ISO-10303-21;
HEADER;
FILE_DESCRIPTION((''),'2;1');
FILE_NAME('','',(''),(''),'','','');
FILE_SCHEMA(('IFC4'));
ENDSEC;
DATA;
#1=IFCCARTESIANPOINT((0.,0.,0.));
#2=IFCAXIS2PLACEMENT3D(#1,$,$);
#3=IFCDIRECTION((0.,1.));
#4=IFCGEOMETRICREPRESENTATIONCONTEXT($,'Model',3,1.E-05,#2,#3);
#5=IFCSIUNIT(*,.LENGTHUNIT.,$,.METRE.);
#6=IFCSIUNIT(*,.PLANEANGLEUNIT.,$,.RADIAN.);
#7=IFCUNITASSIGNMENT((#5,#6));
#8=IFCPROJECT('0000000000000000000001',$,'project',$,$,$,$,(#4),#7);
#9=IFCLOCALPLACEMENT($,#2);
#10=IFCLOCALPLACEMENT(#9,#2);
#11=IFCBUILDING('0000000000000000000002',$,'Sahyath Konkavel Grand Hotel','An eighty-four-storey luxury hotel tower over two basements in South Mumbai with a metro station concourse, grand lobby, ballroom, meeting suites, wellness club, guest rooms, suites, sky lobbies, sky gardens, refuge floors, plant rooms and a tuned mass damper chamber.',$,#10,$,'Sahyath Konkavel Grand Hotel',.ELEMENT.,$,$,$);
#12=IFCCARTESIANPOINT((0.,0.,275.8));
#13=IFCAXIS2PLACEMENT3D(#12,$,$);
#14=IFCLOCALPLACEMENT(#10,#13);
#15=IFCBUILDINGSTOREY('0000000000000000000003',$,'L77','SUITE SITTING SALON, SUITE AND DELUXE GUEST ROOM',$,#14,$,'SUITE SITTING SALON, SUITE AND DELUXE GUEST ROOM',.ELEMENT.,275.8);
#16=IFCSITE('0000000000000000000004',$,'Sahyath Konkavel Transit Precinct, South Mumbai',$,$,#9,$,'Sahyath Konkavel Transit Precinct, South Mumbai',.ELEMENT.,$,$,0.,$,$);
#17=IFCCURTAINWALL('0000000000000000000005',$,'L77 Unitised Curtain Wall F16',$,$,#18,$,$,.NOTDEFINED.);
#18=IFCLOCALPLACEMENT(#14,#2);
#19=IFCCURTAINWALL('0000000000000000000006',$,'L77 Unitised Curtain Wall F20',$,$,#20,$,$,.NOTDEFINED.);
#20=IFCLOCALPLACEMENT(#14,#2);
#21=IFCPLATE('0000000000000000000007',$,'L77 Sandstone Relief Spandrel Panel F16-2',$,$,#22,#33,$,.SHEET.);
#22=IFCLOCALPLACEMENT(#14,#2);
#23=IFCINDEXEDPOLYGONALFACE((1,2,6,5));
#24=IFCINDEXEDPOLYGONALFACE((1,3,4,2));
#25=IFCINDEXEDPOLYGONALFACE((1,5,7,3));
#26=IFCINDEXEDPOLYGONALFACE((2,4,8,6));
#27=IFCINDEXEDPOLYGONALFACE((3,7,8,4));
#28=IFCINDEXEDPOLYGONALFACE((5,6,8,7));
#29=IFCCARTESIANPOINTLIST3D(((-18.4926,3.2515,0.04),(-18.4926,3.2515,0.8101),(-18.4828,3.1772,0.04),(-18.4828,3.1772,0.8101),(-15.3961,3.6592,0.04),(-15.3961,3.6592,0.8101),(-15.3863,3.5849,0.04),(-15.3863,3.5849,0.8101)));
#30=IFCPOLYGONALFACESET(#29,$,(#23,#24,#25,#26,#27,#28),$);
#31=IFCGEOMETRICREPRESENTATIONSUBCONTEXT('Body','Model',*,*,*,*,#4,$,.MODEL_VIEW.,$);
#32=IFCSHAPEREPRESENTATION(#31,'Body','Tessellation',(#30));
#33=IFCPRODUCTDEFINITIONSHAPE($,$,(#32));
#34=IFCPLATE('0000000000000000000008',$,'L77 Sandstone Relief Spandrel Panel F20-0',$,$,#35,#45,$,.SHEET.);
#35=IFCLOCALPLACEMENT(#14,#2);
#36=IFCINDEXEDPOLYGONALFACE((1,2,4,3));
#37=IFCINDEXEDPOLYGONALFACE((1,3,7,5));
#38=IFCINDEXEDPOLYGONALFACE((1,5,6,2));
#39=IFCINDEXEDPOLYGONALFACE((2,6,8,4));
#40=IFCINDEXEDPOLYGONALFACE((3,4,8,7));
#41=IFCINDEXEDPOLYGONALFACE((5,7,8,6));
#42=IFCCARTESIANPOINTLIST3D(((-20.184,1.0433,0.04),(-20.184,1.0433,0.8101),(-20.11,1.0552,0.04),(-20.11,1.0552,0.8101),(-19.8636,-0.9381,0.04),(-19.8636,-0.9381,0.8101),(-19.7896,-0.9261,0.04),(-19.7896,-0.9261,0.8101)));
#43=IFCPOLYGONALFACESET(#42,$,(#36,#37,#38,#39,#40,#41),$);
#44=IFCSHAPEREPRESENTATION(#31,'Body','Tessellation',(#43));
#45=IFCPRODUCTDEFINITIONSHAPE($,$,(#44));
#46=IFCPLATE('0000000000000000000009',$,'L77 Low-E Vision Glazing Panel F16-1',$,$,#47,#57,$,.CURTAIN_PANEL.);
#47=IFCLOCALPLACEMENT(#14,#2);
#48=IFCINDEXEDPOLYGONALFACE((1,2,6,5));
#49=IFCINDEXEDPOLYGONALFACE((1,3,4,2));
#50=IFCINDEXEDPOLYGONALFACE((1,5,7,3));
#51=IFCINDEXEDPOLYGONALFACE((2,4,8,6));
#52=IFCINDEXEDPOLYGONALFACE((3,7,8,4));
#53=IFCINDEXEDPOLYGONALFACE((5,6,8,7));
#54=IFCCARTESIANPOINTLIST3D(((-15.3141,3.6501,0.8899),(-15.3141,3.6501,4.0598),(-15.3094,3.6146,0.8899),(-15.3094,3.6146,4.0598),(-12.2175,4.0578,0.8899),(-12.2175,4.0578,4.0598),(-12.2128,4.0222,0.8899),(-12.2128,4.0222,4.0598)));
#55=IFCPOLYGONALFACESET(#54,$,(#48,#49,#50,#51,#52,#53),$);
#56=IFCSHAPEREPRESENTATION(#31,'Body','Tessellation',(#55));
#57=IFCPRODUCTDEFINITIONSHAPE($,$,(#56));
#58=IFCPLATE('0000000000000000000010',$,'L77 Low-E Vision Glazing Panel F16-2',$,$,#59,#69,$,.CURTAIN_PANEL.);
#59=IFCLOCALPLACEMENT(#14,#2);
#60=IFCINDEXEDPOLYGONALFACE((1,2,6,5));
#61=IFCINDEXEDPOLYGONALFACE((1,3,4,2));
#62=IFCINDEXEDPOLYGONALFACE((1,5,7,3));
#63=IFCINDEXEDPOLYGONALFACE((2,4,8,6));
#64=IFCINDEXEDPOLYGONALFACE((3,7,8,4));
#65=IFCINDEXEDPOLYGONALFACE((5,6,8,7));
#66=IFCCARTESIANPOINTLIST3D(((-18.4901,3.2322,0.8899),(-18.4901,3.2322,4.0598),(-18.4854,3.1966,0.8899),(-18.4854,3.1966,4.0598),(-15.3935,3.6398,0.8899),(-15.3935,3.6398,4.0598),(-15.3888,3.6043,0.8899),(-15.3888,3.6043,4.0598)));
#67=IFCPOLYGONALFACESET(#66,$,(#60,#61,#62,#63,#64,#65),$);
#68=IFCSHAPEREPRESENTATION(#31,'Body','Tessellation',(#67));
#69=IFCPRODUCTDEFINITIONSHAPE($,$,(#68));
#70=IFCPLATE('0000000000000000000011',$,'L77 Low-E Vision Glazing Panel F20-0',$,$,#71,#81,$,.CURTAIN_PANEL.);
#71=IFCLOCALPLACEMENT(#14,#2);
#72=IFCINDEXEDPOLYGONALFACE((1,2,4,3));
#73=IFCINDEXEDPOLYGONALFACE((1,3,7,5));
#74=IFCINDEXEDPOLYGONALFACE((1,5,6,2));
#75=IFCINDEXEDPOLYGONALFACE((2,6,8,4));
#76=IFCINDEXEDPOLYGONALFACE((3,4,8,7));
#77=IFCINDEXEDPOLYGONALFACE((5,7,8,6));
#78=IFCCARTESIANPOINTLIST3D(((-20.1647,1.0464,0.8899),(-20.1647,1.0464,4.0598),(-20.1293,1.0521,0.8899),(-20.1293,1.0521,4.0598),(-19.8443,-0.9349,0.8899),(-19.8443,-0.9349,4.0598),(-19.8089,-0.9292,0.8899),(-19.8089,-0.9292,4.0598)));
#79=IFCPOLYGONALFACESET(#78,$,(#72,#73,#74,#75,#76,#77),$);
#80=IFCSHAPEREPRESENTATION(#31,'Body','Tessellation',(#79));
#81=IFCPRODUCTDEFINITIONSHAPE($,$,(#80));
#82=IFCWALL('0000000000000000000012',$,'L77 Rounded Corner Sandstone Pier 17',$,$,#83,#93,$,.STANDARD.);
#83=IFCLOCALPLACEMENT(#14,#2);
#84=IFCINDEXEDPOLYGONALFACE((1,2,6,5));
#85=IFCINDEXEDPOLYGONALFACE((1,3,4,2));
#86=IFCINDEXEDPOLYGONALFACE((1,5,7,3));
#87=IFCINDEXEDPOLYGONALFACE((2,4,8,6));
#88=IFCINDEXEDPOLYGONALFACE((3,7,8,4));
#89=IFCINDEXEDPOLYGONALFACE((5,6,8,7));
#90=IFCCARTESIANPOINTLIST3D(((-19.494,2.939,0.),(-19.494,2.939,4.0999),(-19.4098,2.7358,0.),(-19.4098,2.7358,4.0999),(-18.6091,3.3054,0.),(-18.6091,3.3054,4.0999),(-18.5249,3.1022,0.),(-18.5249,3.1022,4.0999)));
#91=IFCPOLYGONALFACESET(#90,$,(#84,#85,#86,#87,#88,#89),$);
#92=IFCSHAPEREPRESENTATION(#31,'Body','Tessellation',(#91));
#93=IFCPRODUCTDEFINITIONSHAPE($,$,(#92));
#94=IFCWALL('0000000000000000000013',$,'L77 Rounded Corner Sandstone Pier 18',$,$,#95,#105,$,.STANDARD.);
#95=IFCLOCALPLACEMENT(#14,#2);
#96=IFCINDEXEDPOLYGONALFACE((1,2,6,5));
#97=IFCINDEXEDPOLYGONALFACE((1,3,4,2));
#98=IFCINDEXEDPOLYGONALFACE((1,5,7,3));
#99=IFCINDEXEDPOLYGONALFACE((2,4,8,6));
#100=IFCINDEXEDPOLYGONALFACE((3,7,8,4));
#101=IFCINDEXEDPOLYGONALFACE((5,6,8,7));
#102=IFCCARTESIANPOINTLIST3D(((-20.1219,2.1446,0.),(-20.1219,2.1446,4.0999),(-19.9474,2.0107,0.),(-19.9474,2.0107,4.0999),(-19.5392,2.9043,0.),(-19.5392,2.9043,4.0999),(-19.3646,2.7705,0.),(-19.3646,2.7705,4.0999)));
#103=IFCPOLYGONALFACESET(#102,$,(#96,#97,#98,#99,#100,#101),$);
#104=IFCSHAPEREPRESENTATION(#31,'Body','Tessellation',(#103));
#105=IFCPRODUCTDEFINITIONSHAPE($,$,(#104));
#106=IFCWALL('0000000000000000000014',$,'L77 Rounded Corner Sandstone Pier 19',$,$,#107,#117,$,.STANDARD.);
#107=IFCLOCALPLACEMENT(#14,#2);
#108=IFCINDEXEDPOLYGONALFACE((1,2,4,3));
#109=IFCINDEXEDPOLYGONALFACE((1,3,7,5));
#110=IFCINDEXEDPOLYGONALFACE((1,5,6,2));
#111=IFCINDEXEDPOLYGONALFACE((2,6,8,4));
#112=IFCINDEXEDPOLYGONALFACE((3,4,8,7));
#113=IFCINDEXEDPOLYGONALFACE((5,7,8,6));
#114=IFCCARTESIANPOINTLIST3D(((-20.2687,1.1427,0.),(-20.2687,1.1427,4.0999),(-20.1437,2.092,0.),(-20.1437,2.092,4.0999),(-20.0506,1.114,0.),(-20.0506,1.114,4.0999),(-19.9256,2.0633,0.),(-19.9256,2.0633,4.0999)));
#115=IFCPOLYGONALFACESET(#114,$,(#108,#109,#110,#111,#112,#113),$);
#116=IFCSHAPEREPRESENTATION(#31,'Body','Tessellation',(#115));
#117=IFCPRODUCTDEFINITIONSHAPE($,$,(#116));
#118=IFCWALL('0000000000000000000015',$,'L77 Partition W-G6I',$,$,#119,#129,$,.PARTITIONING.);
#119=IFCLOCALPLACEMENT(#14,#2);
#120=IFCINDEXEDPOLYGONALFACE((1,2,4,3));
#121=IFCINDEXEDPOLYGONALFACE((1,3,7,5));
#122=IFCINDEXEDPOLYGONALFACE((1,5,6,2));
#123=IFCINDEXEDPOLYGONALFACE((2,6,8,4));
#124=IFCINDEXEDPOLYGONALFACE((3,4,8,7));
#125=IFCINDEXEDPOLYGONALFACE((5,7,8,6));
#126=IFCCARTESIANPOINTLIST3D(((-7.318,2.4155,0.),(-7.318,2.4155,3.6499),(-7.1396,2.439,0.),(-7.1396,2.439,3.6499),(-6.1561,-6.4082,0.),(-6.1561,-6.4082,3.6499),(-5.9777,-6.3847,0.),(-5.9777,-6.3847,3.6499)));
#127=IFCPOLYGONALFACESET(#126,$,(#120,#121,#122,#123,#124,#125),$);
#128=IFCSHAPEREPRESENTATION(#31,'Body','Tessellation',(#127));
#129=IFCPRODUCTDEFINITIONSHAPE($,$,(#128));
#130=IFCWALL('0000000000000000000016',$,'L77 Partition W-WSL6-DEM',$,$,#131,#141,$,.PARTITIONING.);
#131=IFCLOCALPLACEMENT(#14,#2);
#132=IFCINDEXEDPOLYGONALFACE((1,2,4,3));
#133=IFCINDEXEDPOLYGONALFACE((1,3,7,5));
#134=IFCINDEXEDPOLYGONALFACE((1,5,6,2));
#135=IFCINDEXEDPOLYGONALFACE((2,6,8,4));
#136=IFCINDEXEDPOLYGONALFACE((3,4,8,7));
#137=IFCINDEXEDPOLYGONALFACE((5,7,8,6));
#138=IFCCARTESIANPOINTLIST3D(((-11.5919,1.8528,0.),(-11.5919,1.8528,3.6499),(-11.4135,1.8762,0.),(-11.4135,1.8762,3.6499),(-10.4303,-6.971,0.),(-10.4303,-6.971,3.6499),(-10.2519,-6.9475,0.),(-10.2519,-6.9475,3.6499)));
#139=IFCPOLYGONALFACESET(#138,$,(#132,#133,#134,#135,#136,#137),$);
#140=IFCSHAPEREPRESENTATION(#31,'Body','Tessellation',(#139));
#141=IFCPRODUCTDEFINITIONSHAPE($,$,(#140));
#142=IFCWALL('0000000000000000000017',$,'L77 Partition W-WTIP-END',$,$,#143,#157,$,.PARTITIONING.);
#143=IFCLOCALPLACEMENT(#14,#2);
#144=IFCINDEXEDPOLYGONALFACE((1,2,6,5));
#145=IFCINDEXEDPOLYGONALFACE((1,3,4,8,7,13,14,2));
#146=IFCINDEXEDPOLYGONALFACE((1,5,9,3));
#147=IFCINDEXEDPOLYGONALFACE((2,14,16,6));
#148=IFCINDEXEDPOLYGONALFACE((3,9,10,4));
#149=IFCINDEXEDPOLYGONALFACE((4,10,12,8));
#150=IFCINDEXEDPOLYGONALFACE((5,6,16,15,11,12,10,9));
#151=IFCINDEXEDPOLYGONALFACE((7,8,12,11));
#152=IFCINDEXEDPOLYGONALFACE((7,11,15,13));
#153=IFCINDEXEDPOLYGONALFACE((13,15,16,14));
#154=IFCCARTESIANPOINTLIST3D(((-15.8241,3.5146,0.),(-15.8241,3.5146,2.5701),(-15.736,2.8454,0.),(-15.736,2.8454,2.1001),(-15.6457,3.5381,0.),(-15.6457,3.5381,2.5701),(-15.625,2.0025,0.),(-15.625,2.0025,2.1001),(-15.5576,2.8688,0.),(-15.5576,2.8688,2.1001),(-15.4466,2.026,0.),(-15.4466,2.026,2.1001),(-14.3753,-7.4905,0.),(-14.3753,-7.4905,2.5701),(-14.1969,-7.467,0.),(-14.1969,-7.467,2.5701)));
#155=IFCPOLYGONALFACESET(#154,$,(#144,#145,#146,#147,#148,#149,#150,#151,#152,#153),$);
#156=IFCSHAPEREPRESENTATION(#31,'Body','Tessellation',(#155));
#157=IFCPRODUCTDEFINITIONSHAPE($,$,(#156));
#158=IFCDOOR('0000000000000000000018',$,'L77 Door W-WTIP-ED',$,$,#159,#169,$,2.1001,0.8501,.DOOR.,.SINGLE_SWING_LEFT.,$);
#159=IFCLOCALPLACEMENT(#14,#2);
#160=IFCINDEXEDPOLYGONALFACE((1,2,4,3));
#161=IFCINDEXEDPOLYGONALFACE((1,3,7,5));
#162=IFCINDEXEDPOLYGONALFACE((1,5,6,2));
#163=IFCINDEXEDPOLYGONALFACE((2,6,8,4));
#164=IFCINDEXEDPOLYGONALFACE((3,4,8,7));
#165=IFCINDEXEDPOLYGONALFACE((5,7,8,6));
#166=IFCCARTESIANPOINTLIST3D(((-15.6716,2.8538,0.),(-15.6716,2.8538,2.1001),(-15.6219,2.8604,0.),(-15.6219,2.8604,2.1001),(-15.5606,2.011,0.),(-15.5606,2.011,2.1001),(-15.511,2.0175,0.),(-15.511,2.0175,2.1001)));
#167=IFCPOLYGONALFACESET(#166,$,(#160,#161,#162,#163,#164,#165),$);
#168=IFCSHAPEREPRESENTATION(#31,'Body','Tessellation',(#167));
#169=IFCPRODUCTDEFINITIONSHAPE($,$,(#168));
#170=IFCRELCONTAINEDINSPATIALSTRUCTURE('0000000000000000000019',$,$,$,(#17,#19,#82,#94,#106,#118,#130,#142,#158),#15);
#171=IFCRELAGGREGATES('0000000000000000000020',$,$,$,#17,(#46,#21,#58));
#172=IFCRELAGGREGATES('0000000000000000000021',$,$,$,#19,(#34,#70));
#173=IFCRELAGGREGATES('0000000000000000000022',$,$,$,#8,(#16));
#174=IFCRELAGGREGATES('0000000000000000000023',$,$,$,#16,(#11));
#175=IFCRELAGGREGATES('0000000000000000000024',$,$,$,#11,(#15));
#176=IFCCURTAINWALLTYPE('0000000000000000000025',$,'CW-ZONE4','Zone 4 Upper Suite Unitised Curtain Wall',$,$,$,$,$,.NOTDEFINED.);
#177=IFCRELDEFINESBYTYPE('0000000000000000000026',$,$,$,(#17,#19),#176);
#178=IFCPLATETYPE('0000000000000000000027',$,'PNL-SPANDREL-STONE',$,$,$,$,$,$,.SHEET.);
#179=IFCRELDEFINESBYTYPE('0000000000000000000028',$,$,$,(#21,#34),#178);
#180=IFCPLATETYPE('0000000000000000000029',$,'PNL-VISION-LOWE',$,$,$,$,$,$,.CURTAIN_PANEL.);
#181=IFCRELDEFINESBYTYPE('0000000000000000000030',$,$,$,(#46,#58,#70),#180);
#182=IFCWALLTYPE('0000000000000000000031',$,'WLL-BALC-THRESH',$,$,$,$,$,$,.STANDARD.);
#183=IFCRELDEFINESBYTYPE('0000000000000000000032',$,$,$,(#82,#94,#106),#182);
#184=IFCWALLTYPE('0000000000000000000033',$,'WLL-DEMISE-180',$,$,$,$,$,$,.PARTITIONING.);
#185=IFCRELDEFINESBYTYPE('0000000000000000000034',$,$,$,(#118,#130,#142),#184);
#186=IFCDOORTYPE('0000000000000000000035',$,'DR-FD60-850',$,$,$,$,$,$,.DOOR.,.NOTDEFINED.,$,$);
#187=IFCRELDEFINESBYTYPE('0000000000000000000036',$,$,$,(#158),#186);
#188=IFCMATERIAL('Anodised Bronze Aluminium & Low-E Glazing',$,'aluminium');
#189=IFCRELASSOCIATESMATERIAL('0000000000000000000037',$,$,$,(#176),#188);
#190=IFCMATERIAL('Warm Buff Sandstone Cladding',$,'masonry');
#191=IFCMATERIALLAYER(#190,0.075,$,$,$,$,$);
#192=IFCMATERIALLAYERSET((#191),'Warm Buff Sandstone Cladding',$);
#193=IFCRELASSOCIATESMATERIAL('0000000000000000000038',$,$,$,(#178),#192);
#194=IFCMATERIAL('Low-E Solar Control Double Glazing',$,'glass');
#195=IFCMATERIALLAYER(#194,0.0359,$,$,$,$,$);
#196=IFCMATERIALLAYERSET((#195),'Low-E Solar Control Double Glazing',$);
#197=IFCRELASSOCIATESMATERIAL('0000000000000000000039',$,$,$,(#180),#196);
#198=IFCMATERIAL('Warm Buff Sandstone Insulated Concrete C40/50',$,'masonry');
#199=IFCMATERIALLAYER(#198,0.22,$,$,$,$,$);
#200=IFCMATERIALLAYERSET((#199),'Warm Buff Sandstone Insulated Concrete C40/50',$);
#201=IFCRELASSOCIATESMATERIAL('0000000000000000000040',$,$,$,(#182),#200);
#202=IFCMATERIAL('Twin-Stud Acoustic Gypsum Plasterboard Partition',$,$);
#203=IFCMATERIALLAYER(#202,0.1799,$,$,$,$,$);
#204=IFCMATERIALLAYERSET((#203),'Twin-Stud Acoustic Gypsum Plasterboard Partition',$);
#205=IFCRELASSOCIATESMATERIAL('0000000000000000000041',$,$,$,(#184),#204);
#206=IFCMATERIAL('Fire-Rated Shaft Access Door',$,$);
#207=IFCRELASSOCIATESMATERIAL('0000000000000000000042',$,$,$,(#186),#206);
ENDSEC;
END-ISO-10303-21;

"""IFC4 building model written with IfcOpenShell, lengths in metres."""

from ifc_helpers import new_model, si_unit, direction, frame, frame_2d, origin, origin_2d, place, context, subcontext, project, spatial, rectangle, extrude, source, transform, mapped, material, layer, layer_set, type_object, element, fill, aggregate, save


model = new_model("IFC4")

# Units and contexts
model_context = context("Model", 3, precision=1e-05, world=origin(), true_north=direction((0.0, 1.0)))
body_context = subcontext(model_context, "Body", "Model", "MODEL_VIEW")
ifc_project = project(units=[si_unit("LENGTHUNIT", "METRE"), si_unit("PLANEANGLEUNIT", "RADIAN")], contexts=[model_context])

# Site, building, storey
site_placement = place(None, origin())
site = spatial("IfcSite", under=ifc_project, at=site_placement, Name="Sahyath Konkavel Transit Precinct, South Mumbai", LongName="Sahyath Konkavel Transit Precinct, South Mumbai", CompositionType="ELEMENT", RefElevation=0.0)
building_placement = place(site_placement, origin())
building = spatial("IfcBuilding", under=site, at=building_placement, Name="Sahyath Konkavel Grand Hotel", Description="An eighty-four-storey luxury hotel tower over two basements in South Mumbai with a metro station concourse, grand lobby, ballroom, meeting suites, wellness club, guest rooms, suites, sky lobbies, sky gardens, refuge floors, plant rooms and a tuned mass damper chamber.", LongName="Sahyath Konkavel Grand Hotel", CompositionType="ELEMENT")
storey_placement = place(building_placement, frame((0.0, 0.0, 275.8)))
storey = spatial("IfcBuildingStorey", under=building, at=storey_placement, Name="L77", Description="SUITE SITTING SALON, SUITE AND DELUXE GUEST ROOM", LongName="SUITE SITTING SALON, SUITE AND DELUXE GUEST ROOM", CompositionType="ELEMENT", Elevation=275.8)

# Curtain wall
ifc_material_1 = material(Name="Anodised Bronze Aluminium & Low-E Glazing", Category="aluminium")
curtain_wall_type = type_object("IfcCurtainWallType", Name="CW-ZONE4", Description="Zone 4 Upper Suite Unitised Curtain Wall", PredefinedType="NOTDEFINED", material=ifc_material_1)
curtain_wall_1_placement = place(storey_placement, origin())
curtain_wall_1 = element("IfcCurtainWall", 1, at=curtain_wall_1_placement, inside=storey, type_object=curtain_wall_type, Name="L77 Unitised Curtain Wall F16", PredefinedType="NOTDEFINED")

# Curtain wall
curtain_wall_2_placement = place(storey_placement, origin())
curtain_wall_2 = element("IfcCurtainWall", 2, at=curtain_wall_2_placement, inside=storey, type_object=curtain_wall_type, Name="L77 Unitised Curtain Wall F20", PredefinedType="NOTDEFINED")

# Plates
ifc_material_2 = material(Name="Warm Buff Sandstone Cladding", Category="masonry")
ifc_layer_1 = layer(ifc_material_2, 0.075)
ifc_layer_set_1 = layer_set([ifc_layer_1], Name="Warm Buff Sandstone Cladding")
plate_type_1 = type_object("IfcPlateType", Name="PNL-SPANDREL-STONE", PredefinedType="SHEET", material=ifc_layer_set_1)
shared_shape_1 = source(origin(), body_context, "Body", "SweptSolid", [
    extrude(rectangle(XDim=3.1233, YDim=0.075, at=origin_2d()), origin(), (0.0, 0.0, 1.0), 0.77),
])
plate_1_placement = place(storey_placement, frame((-16.9395, 3.4182, 0.04), z_axis=(0.0, 0.0, 1.0), x_axis=(-0.991445, -0.130526, 0.0)))
plate_1 = element("IfcPlate", 3, at=plate_1_placement, type_object=plate_type_1, Name="L77 Sandstone Relief Spandrel Panel F16-2", PredefinedType="SHEET", context=body_context, shape_type="MappedRepresentation", body=[
    mapped(shared_shape_1, transform((0.0, 0.0, 0.0), scale=1.0)),
])
shared_shape_2 = source(origin(), body_context, "Body", "SweptSolid", [
    extrude(rectangle(XDim=2.0071, YDim=0.075, at=origin_2d()), origin(), (0.0, 0.0, 1.0), 0.77),
])
plate_2_placement = place(storey_placement, frame((-19.9868, 0.0586, 0.04), z_axis=(0.0, 0.0, 1.0), x_axis=(0.159623, -0.987178, 0.0)))
plate_2 = element("IfcPlate", 4, at=plate_2_placement, type_object=plate_type_1, Name="L77 Sandstone Relief Spandrel Panel F20-0", PredefinedType="SHEET", context=body_context, shape_type="MappedRepresentation", body=[
    mapped(shared_shape_2, transform((0.0, 0.0, 0.0), scale=1.0)),
])
ifc_material_3 = material(Name="Low-E Solar Control Double Glazing", Category="glass")
ifc_layer_2 = layer(ifc_material_3, 0.0359)
ifc_layer_set_2 = layer_set([ifc_layer_2], Name="Low-E Solar Control Double Glazing")
plate_type_2 = type_object("IfcPlateType", Name="PNL-VISION-LOWE", PredefinedType="CURTAIN_PANEL", material=ifc_layer_set_2)
shared_shape_3 = source(origin(), body_context, "Body", "SweptSolid", [
    extrude(rectangle(XDim=3.1233, YDim=0.0359, at=origin_2d()), origin(), (0.0, 0.0, 1.0), 3.1699),
])
plate_3_placement = place(storey_placement, frame((-13.7634, 3.8362, 0.8899), z_axis=(0.0, 0.0, 1.0), x_axis=(-0.991445, -0.130526, 0.0)))
plate_3 = element("IfcPlate", 5, at=plate_3_placement, type_object=plate_type_2, Name="L77 Low-E Vision Glazing Panel F16-1", PredefinedType="CURTAIN_PANEL", context=body_context, shape_type="MappedRepresentation", body=[
    mapped(shared_shape_3, transform((0.0, 0.0, 0.0), scale=1.0)),
])
plate_4_placement = place(storey_placement, frame((-16.9395, 3.4182, 0.8899), z_axis=(0.0, 0.0, 1.0), x_axis=(-0.991445, -0.130526, 0.0)))
plate_4 = element("IfcPlate", 6, at=plate_4_placement, type_object=plate_type_2, Name="L77 Low-E Vision Glazing Panel F16-2", PredefinedType="CURTAIN_PANEL", context=body_context, shape_type="MappedRepresentation", body=[
    mapped(shared_shape_3, transform((0.0, 0.0, 0.0), scale=1.0)),
])
aggregate(curtain_wall_1, [plate_3, plate_1, plate_4])
shared_shape_4 = source(origin(), body_context, "Body", "SweptSolid", [
    extrude(rectangle(XDim=2.0071, YDim=0.0359, at=origin_2d()), origin(), (0.0, 0.0, 1.0), 3.1699),
])
plate_5_placement = place(storey_placement, frame((-19.9868, 0.0586, 0.8899), z_axis=(0.0, 0.0, 1.0), x_axis=(0.159623, -0.987178, 0.0)))
plate_5 = element("IfcPlate", 7, at=plate_5_placement, type_object=plate_type_2, Name="L77 Low-E Vision Glazing Panel F20-0", PredefinedType="CURTAIN_PANEL", context=body_context, shape_type="MappedRepresentation", body=[
    mapped(shared_shape_4, transform((0.0, 0.0, 0.0), scale=1.0)),
])
aggregate(curtain_wall_2, [plate_2, plate_5])

# Walls
ifc_material_4 = material(Name="Warm Buff Sandstone Insulated Concrete C40/50", Category="masonry")
ifc_layer_3 = layer(ifc_material_4, 0.22)
ifc_layer_set_3 = layer_set([ifc_layer_3], Name="Warm Buff Sandstone Insulated Concrete C40/50")
wall_type_1 = type_object("IfcWallType", Name="WLL-BALC-THRESH", PredefinedType="STANDARD", material=ifc_layer_set_3)
wall_1_placement = place(storey_placement, frame((-18.5669, 3.2039, 0.0), z_axis=(0.0, 0.0, 1.0), x_axis=(-0.923927, -0.382569, 0.0)))
element("IfcWall", 8, at=wall_1_placement, inside=storey, type_object=wall_type_1, Name="L77 Rounded Corner Sandstone Pier 17", PredefinedType="STANDARD", context=body_context, shape_type="SweptSolid", body=[
    extrude(rectangle(XDim=0.9578, YDim=0.22, at=frame_2d((0.479, 0.0))), origin(), (0.0, 0.0, 1.0), 4.0999),
])
for number, where, z_axis, x_axis, name in (
    (9, (-19.4519, 2.8374, 0.0), (0.0, 0.0, 1.0), (-0.608614, -0.793467, 0.0), "L77 Rounded Corner Sandstone Pier 18"),
    (10, (-20.0347, 2.0776, 0.0), (0.0, 0.0, 1.0), (-0.13056, -0.99144, 0.0), "L77 Rounded Corner Sandstone Pier 19"),
):
    element("IfcWall", number, at=place(storey_placement, frame(where, z_axis=z_axis, x_axis=x_axis)), inside=storey, type_object=wall_type_1, Name=name, PredefinedType="STANDARD", context=body_context, shape_type="SweptSolid", body=[
        extrude(rectangle(XDim=0.9575, YDim=0.22, at=frame_2d((0.4788, 0.0))), origin(), (0.0, 0.0, 1.0), 4.0999),
    ])
ifc_material_5 = material(Name="Twin-Stud Acoustic Gypsum Plasterboard Partition")
ifc_layer_4 = layer(ifc_material_5, 0.1799)
ifc_layer_set_4 = layer_set([ifc_layer_4], Name="Twin-Stud Acoustic Gypsum Plasterboard Partition")
wall_type_2 = type_object("IfcWallType", Name="WLL-DEMISE-180", PredefinedType="PARTITIONING", material=ifc_layer_set_4)
for number, where, z_axis, x_axis, name in (
    (11, (-7.2288, 2.4272, 0.0), (0.0, 0.0, 1.0), (0.130548, -0.991442, 0.0), "L77 Partition W-G6I"),
    (12, (-11.5027, 1.8645, 0.0), (0.0, 0.0, 1.0), (0.130521, -0.991446, 0.0), "L77 Partition W-WSL6-DEM"),
):
    element("IfcWall", number, at=place(storey_placement, frame(where, z_axis=z_axis, x_axis=x_axis)), inside=storey, type_object=wall_type_2, Name=name, PredefinedType="PARTITIONING", context=body_context, shape_type="SweptSolid", body=[
        extrude(rectangle(XDim=8.8999, YDim=0.1799, at=frame_2d((4.45, 0.0))), origin(), (0.0, 0.0, 1.0), 3.6499),
    ])

# Wall, opening, door
wall_2_placement = place(storey_placement, frame((-15.7349, 3.5264, 0.0), z_axis=(0.0, 0.0, 1.0), x_axis=(0.130515, -0.991446, 0.0)))
wall_2 = element("IfcWall", 13, at=wall_2_placement, inside=storey, type_object=wall_type_2, Name="L77 Partition W-WTIP-END", PredefinedType="PARTITIONING", context=body_context, shape_type="SweptSolid", body=[
    extrude(rectangle(XDim=11.1001, YDim=0.1799, at=frame_2d((5.55, 0.0))), origin(), (0.0, 0.0, 1.0), 2.5701),
])
opening_1_placement = place(wall_2_placement, frame((0.675, 0.0, 0.0)))
opening_1 = element("IfcOpeningElement", 14, at=opening_1_placement, cuts=wall_2, PredefinedType="OPENING", context=body_context, shape_type="SweptSolid", body=[
    extrude(rectangle(XDim=0.8501, YDim=2.1001, at=frame_2d((0.425, 1.05))), frame((0.0, 0.1001, 0.0), z_axis=(0.0, -1.0, 0.0), x_axis=(1.0, 0.0, 0.0)), (0.0, 0.0, 1.0), 0.2),
])
ifc_material_6 = material(Name="Fire-Rated Shaft Access Door")
door_type = type_object("IfcDoorType", Name="DR-FD60-850", OperationType="NOTDEFINED", PredefinedType="DOOR", material=ifc_material_6)
shared_shape_5 = source(origin(), body_context, "Body", "SweptSolid", [
    extrude(rectangle(XDim=0.8501, YDim=0.05, at=origin_2d()), origin(), (0.0, 0.0, 1.0), 2.1001),
])
door_1_placement = place(opening_1_placement, frame((0.425, 0.0, 0.0)))
door_1 = element("IfcDoor", 15, at=door_1_placement, inside=storey, type_object=door_type, Name="L77 Door W-WTIP-ED", OperationType="SINGLE_SWING_LEFT", OverallHeight=2.1001, OverallWidth=0.8501, PredefinedType="DOOR", context=body_context, shape_type="MappedRepresentation", body=[
    mapped(shared_shape_5, transform((0.0, 0.0, 0.0), scale=1.0)),
])
fill(opening_1, door_1)

save(model, "model.ifc")
